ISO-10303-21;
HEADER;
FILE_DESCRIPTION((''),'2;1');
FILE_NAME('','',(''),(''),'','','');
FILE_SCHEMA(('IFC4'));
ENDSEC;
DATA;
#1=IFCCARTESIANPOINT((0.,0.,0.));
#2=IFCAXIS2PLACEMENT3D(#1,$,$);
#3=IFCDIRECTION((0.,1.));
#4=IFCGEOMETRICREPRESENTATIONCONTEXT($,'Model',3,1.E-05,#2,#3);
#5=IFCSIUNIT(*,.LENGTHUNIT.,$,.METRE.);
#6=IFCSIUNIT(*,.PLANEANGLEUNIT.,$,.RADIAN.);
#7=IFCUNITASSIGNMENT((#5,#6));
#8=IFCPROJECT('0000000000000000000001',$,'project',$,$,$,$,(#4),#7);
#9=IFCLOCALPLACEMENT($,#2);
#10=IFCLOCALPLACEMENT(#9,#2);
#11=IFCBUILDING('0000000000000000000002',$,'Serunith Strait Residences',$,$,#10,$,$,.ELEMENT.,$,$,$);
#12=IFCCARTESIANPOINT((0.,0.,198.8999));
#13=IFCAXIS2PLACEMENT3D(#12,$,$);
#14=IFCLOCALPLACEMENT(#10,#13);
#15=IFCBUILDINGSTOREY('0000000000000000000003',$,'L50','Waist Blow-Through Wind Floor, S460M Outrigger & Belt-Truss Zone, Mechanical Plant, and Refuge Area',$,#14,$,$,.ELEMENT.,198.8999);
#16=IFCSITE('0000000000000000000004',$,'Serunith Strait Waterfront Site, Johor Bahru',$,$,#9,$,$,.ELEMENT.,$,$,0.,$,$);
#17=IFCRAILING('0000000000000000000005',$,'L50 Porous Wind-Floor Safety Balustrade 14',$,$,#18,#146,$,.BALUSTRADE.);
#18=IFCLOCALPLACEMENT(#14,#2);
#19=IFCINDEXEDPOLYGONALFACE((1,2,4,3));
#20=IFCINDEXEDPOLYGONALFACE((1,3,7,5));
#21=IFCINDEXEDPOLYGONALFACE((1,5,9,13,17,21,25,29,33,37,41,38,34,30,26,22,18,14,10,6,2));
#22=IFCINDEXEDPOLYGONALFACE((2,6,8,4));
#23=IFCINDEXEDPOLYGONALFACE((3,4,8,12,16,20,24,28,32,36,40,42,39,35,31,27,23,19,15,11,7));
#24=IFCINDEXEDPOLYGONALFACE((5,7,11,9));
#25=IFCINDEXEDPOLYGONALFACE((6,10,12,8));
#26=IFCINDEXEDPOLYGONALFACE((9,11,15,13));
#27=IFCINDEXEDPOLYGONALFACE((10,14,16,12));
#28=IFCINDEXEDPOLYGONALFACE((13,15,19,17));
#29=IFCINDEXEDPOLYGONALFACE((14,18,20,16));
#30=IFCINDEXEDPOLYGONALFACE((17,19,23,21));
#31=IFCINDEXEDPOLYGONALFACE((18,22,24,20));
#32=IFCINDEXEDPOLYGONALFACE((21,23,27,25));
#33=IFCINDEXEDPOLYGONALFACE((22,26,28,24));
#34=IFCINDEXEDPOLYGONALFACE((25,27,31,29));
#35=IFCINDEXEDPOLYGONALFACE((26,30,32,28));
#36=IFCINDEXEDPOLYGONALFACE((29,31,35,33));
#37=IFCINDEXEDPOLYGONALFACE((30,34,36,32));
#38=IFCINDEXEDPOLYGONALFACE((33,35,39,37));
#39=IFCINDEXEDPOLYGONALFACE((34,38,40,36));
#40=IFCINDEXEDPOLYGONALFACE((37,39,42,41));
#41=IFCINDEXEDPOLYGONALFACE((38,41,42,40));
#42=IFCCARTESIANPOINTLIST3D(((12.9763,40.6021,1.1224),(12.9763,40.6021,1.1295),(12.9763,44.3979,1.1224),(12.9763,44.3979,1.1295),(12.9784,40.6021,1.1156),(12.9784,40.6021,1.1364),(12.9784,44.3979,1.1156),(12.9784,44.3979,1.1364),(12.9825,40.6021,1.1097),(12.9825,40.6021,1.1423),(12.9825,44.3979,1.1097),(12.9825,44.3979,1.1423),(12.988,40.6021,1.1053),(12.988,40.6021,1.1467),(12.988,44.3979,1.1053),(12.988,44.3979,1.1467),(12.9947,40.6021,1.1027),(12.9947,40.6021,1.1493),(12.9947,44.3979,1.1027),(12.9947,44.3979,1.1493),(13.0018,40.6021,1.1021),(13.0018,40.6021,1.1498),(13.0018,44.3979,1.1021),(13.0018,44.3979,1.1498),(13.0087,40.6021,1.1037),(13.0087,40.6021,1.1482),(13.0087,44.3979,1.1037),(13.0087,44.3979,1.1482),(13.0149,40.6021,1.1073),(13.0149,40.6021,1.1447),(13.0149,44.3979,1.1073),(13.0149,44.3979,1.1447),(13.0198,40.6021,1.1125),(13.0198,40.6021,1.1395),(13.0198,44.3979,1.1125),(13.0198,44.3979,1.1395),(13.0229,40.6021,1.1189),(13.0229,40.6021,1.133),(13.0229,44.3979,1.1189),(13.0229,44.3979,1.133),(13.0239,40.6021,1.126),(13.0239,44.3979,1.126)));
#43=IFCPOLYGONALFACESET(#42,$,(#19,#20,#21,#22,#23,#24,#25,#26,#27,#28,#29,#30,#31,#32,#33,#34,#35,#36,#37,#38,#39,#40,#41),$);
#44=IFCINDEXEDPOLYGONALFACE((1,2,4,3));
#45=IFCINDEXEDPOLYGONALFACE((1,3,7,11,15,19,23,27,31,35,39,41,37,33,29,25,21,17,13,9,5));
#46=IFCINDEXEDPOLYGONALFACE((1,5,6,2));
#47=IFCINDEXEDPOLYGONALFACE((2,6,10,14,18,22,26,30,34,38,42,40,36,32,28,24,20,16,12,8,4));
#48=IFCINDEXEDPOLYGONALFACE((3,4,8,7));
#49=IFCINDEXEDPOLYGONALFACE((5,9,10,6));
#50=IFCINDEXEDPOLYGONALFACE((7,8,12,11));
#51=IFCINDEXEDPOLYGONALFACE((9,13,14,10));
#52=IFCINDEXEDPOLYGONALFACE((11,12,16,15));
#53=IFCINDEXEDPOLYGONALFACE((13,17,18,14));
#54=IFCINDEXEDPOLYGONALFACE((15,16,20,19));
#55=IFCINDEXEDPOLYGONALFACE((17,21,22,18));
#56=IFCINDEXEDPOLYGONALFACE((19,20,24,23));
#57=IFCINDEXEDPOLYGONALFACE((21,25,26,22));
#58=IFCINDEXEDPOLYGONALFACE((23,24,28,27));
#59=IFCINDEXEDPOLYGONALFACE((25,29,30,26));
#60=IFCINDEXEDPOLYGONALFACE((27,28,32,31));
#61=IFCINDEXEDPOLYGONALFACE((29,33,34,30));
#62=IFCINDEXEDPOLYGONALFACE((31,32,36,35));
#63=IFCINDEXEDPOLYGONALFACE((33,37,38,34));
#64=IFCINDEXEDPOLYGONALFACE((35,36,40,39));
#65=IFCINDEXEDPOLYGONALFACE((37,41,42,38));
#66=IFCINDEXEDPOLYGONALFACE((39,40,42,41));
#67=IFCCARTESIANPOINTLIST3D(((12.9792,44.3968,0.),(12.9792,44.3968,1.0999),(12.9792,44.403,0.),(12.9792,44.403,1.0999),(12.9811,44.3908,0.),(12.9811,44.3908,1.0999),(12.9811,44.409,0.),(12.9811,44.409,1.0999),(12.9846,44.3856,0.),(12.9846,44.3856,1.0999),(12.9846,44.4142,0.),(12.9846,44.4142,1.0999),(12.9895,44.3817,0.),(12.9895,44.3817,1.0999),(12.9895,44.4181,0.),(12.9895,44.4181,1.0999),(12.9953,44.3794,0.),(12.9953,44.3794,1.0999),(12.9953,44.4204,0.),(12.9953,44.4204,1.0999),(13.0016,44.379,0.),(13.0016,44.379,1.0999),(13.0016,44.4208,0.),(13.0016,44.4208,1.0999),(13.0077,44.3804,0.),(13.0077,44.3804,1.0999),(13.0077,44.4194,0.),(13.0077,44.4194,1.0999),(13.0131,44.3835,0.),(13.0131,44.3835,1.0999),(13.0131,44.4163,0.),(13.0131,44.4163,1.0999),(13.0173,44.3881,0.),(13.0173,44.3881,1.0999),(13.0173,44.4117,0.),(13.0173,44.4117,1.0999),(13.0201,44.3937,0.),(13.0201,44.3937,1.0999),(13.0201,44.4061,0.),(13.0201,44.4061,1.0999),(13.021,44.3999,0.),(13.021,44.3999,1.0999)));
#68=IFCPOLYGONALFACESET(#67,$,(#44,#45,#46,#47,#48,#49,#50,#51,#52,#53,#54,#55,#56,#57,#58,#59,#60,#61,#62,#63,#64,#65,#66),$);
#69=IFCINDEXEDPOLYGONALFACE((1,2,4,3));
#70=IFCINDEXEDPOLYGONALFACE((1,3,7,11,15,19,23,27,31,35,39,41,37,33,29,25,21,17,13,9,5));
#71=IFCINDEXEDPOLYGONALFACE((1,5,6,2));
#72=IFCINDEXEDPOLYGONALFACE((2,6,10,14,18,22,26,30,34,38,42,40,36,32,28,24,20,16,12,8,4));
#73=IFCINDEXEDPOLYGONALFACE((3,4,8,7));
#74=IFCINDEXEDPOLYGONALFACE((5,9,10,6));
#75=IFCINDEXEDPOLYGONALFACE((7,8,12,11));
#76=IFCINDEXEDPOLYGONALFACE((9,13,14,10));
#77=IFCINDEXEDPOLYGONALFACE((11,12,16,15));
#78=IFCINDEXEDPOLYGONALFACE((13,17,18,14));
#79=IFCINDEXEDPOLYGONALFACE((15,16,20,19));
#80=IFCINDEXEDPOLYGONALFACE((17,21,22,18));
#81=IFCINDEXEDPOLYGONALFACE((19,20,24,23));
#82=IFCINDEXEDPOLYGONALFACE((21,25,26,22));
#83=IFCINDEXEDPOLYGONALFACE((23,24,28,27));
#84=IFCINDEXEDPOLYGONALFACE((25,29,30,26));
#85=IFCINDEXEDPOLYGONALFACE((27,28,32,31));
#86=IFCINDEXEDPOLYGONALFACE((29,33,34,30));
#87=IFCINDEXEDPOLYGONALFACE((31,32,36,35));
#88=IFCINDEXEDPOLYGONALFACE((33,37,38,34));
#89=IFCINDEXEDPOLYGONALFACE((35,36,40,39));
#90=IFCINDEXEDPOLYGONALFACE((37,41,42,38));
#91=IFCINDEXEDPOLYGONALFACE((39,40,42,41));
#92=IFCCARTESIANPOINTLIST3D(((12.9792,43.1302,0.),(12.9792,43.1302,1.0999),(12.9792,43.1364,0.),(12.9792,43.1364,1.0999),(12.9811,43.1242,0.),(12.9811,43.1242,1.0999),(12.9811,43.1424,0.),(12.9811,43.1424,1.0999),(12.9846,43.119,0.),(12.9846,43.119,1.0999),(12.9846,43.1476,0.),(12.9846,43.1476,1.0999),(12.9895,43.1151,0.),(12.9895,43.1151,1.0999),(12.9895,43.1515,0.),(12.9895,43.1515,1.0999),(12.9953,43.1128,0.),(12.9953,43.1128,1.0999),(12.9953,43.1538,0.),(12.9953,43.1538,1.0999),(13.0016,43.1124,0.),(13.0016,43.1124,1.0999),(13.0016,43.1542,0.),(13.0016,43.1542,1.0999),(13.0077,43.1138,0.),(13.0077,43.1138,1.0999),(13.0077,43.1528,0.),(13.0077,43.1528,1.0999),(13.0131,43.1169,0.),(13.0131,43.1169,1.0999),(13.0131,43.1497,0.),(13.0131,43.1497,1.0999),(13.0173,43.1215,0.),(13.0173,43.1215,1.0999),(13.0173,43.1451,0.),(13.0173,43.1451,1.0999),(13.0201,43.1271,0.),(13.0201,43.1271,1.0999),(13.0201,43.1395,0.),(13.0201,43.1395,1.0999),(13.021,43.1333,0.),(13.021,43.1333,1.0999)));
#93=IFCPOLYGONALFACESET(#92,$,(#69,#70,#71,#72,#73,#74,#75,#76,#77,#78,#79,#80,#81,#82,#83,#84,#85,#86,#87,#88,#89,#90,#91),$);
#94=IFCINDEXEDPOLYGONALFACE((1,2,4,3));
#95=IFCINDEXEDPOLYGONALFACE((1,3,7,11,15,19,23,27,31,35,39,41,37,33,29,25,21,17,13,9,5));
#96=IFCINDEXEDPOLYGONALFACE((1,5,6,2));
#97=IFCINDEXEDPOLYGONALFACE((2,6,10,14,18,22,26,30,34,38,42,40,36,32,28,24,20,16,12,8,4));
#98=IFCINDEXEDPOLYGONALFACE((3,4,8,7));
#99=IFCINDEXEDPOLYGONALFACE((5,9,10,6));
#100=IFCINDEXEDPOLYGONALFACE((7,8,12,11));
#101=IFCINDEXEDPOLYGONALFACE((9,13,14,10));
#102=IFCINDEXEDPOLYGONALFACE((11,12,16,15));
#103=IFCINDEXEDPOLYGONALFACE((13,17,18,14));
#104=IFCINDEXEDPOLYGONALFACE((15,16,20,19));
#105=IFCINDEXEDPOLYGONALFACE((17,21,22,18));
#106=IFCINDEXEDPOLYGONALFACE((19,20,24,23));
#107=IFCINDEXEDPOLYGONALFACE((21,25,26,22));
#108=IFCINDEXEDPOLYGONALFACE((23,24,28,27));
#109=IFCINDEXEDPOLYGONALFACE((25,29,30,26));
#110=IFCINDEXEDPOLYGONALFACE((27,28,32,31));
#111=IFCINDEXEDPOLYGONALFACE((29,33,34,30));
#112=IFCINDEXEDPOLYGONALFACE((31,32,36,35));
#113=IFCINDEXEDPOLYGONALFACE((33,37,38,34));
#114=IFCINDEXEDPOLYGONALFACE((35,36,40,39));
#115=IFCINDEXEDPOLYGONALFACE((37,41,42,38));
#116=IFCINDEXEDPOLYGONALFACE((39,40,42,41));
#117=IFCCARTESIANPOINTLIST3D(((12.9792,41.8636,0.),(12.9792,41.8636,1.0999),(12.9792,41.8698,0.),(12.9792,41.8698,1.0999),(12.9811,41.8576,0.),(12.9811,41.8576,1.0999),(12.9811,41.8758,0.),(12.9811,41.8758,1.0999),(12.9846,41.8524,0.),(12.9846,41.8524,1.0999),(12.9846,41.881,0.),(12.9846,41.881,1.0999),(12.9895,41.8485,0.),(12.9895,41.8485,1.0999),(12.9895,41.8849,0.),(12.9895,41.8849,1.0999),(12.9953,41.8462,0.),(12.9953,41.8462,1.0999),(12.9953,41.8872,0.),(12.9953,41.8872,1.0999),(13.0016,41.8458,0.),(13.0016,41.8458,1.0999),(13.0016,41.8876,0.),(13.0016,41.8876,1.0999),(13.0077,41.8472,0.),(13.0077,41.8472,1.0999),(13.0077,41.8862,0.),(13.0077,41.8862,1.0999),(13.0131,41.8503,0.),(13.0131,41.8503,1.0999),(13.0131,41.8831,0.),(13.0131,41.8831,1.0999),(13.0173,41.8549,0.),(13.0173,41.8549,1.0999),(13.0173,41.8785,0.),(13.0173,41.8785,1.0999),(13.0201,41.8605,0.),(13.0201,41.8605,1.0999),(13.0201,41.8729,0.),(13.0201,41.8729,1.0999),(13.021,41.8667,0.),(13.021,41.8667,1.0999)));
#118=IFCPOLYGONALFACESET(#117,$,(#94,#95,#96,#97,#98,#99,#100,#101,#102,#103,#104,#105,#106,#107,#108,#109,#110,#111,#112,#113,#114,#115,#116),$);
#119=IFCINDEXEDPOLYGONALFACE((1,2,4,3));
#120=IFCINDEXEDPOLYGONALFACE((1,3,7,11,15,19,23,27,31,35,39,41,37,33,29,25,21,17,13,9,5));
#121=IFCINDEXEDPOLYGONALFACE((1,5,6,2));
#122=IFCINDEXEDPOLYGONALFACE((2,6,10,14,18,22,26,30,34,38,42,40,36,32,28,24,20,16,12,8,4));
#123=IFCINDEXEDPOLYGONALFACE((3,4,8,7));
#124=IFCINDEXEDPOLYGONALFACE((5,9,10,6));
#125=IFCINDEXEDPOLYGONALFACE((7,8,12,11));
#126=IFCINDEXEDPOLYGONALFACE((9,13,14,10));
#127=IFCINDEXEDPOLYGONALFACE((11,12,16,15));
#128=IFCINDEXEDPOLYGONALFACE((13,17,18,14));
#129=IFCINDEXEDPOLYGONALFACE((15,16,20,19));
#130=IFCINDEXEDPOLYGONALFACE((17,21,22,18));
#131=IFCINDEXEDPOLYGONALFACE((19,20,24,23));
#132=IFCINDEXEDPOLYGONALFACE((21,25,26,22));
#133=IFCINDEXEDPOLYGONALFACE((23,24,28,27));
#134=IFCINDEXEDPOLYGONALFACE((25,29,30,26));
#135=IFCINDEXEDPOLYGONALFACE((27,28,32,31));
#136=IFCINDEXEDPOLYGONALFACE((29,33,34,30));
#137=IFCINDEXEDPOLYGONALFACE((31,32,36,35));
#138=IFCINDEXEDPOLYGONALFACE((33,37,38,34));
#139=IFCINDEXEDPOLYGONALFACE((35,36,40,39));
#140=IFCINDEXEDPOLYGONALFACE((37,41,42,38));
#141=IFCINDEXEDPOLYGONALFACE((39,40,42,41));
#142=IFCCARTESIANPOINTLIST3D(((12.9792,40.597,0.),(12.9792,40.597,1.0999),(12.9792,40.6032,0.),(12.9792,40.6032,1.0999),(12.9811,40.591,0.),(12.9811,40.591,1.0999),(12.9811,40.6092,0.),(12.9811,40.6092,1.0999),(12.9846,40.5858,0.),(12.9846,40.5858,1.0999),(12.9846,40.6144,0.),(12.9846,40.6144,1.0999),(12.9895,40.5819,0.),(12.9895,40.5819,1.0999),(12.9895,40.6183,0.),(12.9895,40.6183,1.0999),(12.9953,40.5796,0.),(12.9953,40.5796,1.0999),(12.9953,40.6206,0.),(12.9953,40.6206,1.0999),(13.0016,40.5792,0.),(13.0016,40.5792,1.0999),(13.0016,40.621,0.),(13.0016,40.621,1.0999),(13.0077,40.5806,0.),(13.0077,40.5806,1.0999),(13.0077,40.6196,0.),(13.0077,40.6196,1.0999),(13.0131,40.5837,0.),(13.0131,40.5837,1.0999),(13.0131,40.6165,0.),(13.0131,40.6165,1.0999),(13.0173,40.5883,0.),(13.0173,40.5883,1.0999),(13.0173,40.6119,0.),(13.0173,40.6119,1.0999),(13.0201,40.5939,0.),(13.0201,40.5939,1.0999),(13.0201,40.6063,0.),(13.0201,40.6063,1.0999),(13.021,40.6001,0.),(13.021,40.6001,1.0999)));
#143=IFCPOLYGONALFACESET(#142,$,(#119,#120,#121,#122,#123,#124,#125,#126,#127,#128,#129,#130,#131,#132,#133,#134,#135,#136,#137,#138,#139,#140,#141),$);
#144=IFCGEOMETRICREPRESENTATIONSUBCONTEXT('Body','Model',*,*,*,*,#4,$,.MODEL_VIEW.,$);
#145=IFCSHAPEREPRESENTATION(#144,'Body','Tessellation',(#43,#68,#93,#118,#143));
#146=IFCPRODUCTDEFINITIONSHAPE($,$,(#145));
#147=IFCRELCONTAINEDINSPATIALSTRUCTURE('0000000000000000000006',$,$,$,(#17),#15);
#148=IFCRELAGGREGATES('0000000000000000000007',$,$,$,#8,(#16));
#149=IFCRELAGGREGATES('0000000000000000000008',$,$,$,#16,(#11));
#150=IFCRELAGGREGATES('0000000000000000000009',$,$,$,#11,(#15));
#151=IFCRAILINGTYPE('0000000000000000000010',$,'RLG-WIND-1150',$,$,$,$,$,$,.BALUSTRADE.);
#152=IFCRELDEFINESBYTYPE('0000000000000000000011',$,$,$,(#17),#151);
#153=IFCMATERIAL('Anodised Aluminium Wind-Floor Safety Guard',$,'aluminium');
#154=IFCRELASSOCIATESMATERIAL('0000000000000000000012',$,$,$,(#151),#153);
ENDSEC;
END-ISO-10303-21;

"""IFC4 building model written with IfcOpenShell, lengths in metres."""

from ifc_helpers import new_model, si_unit, direction, frame, origin, origin_2d, place, context, subcontext, project, spatial, circle, extrude, material, type_object, element, save


model = new_model("IFC4")

# Units and contexts
model_context = context("Model", 3, precision=1e-05, world=origin(), true_north=direction((0.0, 1.0)))
body_context = subcontext(model_context, "Body", "Model", "MODEL_VIEW")
ifc_project = project(units=[si_unit("LENGTHUNIT", "METRE"), si_unit("PLANEANGLEUNIT", "RADIAN")], contexts=[model_context])

# Site, building, storey
site_placement = place(None, origin())
site = spatial("IfcSite", under=ifc_project, at=site_placement, Name="Serunith Strait Waterfront Site, Johor Bahru", CompositionType="ELEMENT", RefElevation=0.0)
building_placement = place(site_placement, origin())
building = spatial("IfcBuilding", under=site, at=building_placement, Name="Serunith Strait Residences", CompositionType="ELEMENT")
storey_placement = place(building_placement, frame((0.0, 0.0, 198.8999)))
storey = spatial("IfcBuildingStorey", under=building, at=storey_placement, Name="L50", Description="Waist Blow-Through Wind Floor, S460M Outrigger & Belt-Truss Zone, Mechanical Plant, and Refuge Area", CompositionType="ELEMENT", Elevation=198.8999)

# Railing
ifc_material_1 = material(Name="Anodised Aluminium Wind-Floor Safety Guard", Category="aluminium")
railing_type = type_object("IfcRailingType", Name="RLG-WIND-1150", PredefinedType="BALUSTRADE", material=ifc_material_1)
railing_1_placement = place(storey_placement, frame((13.0, 44.3999, 0.0)))
element("IfcRailing", 1, at=railing_1_placement, inside=storey, type_object=railing_type, Name="L50 Porous Wind-Floor Safety Balustrade 14", PredefinedType="BALUSTRADE", context=body_context, shape_type="SweptSolid", body=[
    extrude(circle(Radius=0.0239, at=origin_2d()), frame((0.0, -0.002, 1.126), z_axis=(0.0, -1.0, 0.0), x_axis=(1.0, 0.0, 0.0)), (0.0, 0.0, 1.0), 3.7959),
    extrude(circle(Radius=0.021, at=origin_2d()), origin(), (0.0, 0.0, 1.0), 1.0999),
    extrude(circle(Radius=0.021, at=origin_2d()), frame((0.0, -1.2666, 0.0)), (0.0, 0.0, 1.0), 1.0999),
    extrude(circle(Radius=0.021, at=origin_2d()), frame((0.0, -2.5332, 0.0)), (0.0, 0.0, 1.0), 1.0999),
    extrude(circle(Radius=0.021, at=origin_2d()), frame((0.0, -3.7998, 0.0)), (0.0, 0.0, 1.0), 1.0999),
])

save(model, "model.ifc")
